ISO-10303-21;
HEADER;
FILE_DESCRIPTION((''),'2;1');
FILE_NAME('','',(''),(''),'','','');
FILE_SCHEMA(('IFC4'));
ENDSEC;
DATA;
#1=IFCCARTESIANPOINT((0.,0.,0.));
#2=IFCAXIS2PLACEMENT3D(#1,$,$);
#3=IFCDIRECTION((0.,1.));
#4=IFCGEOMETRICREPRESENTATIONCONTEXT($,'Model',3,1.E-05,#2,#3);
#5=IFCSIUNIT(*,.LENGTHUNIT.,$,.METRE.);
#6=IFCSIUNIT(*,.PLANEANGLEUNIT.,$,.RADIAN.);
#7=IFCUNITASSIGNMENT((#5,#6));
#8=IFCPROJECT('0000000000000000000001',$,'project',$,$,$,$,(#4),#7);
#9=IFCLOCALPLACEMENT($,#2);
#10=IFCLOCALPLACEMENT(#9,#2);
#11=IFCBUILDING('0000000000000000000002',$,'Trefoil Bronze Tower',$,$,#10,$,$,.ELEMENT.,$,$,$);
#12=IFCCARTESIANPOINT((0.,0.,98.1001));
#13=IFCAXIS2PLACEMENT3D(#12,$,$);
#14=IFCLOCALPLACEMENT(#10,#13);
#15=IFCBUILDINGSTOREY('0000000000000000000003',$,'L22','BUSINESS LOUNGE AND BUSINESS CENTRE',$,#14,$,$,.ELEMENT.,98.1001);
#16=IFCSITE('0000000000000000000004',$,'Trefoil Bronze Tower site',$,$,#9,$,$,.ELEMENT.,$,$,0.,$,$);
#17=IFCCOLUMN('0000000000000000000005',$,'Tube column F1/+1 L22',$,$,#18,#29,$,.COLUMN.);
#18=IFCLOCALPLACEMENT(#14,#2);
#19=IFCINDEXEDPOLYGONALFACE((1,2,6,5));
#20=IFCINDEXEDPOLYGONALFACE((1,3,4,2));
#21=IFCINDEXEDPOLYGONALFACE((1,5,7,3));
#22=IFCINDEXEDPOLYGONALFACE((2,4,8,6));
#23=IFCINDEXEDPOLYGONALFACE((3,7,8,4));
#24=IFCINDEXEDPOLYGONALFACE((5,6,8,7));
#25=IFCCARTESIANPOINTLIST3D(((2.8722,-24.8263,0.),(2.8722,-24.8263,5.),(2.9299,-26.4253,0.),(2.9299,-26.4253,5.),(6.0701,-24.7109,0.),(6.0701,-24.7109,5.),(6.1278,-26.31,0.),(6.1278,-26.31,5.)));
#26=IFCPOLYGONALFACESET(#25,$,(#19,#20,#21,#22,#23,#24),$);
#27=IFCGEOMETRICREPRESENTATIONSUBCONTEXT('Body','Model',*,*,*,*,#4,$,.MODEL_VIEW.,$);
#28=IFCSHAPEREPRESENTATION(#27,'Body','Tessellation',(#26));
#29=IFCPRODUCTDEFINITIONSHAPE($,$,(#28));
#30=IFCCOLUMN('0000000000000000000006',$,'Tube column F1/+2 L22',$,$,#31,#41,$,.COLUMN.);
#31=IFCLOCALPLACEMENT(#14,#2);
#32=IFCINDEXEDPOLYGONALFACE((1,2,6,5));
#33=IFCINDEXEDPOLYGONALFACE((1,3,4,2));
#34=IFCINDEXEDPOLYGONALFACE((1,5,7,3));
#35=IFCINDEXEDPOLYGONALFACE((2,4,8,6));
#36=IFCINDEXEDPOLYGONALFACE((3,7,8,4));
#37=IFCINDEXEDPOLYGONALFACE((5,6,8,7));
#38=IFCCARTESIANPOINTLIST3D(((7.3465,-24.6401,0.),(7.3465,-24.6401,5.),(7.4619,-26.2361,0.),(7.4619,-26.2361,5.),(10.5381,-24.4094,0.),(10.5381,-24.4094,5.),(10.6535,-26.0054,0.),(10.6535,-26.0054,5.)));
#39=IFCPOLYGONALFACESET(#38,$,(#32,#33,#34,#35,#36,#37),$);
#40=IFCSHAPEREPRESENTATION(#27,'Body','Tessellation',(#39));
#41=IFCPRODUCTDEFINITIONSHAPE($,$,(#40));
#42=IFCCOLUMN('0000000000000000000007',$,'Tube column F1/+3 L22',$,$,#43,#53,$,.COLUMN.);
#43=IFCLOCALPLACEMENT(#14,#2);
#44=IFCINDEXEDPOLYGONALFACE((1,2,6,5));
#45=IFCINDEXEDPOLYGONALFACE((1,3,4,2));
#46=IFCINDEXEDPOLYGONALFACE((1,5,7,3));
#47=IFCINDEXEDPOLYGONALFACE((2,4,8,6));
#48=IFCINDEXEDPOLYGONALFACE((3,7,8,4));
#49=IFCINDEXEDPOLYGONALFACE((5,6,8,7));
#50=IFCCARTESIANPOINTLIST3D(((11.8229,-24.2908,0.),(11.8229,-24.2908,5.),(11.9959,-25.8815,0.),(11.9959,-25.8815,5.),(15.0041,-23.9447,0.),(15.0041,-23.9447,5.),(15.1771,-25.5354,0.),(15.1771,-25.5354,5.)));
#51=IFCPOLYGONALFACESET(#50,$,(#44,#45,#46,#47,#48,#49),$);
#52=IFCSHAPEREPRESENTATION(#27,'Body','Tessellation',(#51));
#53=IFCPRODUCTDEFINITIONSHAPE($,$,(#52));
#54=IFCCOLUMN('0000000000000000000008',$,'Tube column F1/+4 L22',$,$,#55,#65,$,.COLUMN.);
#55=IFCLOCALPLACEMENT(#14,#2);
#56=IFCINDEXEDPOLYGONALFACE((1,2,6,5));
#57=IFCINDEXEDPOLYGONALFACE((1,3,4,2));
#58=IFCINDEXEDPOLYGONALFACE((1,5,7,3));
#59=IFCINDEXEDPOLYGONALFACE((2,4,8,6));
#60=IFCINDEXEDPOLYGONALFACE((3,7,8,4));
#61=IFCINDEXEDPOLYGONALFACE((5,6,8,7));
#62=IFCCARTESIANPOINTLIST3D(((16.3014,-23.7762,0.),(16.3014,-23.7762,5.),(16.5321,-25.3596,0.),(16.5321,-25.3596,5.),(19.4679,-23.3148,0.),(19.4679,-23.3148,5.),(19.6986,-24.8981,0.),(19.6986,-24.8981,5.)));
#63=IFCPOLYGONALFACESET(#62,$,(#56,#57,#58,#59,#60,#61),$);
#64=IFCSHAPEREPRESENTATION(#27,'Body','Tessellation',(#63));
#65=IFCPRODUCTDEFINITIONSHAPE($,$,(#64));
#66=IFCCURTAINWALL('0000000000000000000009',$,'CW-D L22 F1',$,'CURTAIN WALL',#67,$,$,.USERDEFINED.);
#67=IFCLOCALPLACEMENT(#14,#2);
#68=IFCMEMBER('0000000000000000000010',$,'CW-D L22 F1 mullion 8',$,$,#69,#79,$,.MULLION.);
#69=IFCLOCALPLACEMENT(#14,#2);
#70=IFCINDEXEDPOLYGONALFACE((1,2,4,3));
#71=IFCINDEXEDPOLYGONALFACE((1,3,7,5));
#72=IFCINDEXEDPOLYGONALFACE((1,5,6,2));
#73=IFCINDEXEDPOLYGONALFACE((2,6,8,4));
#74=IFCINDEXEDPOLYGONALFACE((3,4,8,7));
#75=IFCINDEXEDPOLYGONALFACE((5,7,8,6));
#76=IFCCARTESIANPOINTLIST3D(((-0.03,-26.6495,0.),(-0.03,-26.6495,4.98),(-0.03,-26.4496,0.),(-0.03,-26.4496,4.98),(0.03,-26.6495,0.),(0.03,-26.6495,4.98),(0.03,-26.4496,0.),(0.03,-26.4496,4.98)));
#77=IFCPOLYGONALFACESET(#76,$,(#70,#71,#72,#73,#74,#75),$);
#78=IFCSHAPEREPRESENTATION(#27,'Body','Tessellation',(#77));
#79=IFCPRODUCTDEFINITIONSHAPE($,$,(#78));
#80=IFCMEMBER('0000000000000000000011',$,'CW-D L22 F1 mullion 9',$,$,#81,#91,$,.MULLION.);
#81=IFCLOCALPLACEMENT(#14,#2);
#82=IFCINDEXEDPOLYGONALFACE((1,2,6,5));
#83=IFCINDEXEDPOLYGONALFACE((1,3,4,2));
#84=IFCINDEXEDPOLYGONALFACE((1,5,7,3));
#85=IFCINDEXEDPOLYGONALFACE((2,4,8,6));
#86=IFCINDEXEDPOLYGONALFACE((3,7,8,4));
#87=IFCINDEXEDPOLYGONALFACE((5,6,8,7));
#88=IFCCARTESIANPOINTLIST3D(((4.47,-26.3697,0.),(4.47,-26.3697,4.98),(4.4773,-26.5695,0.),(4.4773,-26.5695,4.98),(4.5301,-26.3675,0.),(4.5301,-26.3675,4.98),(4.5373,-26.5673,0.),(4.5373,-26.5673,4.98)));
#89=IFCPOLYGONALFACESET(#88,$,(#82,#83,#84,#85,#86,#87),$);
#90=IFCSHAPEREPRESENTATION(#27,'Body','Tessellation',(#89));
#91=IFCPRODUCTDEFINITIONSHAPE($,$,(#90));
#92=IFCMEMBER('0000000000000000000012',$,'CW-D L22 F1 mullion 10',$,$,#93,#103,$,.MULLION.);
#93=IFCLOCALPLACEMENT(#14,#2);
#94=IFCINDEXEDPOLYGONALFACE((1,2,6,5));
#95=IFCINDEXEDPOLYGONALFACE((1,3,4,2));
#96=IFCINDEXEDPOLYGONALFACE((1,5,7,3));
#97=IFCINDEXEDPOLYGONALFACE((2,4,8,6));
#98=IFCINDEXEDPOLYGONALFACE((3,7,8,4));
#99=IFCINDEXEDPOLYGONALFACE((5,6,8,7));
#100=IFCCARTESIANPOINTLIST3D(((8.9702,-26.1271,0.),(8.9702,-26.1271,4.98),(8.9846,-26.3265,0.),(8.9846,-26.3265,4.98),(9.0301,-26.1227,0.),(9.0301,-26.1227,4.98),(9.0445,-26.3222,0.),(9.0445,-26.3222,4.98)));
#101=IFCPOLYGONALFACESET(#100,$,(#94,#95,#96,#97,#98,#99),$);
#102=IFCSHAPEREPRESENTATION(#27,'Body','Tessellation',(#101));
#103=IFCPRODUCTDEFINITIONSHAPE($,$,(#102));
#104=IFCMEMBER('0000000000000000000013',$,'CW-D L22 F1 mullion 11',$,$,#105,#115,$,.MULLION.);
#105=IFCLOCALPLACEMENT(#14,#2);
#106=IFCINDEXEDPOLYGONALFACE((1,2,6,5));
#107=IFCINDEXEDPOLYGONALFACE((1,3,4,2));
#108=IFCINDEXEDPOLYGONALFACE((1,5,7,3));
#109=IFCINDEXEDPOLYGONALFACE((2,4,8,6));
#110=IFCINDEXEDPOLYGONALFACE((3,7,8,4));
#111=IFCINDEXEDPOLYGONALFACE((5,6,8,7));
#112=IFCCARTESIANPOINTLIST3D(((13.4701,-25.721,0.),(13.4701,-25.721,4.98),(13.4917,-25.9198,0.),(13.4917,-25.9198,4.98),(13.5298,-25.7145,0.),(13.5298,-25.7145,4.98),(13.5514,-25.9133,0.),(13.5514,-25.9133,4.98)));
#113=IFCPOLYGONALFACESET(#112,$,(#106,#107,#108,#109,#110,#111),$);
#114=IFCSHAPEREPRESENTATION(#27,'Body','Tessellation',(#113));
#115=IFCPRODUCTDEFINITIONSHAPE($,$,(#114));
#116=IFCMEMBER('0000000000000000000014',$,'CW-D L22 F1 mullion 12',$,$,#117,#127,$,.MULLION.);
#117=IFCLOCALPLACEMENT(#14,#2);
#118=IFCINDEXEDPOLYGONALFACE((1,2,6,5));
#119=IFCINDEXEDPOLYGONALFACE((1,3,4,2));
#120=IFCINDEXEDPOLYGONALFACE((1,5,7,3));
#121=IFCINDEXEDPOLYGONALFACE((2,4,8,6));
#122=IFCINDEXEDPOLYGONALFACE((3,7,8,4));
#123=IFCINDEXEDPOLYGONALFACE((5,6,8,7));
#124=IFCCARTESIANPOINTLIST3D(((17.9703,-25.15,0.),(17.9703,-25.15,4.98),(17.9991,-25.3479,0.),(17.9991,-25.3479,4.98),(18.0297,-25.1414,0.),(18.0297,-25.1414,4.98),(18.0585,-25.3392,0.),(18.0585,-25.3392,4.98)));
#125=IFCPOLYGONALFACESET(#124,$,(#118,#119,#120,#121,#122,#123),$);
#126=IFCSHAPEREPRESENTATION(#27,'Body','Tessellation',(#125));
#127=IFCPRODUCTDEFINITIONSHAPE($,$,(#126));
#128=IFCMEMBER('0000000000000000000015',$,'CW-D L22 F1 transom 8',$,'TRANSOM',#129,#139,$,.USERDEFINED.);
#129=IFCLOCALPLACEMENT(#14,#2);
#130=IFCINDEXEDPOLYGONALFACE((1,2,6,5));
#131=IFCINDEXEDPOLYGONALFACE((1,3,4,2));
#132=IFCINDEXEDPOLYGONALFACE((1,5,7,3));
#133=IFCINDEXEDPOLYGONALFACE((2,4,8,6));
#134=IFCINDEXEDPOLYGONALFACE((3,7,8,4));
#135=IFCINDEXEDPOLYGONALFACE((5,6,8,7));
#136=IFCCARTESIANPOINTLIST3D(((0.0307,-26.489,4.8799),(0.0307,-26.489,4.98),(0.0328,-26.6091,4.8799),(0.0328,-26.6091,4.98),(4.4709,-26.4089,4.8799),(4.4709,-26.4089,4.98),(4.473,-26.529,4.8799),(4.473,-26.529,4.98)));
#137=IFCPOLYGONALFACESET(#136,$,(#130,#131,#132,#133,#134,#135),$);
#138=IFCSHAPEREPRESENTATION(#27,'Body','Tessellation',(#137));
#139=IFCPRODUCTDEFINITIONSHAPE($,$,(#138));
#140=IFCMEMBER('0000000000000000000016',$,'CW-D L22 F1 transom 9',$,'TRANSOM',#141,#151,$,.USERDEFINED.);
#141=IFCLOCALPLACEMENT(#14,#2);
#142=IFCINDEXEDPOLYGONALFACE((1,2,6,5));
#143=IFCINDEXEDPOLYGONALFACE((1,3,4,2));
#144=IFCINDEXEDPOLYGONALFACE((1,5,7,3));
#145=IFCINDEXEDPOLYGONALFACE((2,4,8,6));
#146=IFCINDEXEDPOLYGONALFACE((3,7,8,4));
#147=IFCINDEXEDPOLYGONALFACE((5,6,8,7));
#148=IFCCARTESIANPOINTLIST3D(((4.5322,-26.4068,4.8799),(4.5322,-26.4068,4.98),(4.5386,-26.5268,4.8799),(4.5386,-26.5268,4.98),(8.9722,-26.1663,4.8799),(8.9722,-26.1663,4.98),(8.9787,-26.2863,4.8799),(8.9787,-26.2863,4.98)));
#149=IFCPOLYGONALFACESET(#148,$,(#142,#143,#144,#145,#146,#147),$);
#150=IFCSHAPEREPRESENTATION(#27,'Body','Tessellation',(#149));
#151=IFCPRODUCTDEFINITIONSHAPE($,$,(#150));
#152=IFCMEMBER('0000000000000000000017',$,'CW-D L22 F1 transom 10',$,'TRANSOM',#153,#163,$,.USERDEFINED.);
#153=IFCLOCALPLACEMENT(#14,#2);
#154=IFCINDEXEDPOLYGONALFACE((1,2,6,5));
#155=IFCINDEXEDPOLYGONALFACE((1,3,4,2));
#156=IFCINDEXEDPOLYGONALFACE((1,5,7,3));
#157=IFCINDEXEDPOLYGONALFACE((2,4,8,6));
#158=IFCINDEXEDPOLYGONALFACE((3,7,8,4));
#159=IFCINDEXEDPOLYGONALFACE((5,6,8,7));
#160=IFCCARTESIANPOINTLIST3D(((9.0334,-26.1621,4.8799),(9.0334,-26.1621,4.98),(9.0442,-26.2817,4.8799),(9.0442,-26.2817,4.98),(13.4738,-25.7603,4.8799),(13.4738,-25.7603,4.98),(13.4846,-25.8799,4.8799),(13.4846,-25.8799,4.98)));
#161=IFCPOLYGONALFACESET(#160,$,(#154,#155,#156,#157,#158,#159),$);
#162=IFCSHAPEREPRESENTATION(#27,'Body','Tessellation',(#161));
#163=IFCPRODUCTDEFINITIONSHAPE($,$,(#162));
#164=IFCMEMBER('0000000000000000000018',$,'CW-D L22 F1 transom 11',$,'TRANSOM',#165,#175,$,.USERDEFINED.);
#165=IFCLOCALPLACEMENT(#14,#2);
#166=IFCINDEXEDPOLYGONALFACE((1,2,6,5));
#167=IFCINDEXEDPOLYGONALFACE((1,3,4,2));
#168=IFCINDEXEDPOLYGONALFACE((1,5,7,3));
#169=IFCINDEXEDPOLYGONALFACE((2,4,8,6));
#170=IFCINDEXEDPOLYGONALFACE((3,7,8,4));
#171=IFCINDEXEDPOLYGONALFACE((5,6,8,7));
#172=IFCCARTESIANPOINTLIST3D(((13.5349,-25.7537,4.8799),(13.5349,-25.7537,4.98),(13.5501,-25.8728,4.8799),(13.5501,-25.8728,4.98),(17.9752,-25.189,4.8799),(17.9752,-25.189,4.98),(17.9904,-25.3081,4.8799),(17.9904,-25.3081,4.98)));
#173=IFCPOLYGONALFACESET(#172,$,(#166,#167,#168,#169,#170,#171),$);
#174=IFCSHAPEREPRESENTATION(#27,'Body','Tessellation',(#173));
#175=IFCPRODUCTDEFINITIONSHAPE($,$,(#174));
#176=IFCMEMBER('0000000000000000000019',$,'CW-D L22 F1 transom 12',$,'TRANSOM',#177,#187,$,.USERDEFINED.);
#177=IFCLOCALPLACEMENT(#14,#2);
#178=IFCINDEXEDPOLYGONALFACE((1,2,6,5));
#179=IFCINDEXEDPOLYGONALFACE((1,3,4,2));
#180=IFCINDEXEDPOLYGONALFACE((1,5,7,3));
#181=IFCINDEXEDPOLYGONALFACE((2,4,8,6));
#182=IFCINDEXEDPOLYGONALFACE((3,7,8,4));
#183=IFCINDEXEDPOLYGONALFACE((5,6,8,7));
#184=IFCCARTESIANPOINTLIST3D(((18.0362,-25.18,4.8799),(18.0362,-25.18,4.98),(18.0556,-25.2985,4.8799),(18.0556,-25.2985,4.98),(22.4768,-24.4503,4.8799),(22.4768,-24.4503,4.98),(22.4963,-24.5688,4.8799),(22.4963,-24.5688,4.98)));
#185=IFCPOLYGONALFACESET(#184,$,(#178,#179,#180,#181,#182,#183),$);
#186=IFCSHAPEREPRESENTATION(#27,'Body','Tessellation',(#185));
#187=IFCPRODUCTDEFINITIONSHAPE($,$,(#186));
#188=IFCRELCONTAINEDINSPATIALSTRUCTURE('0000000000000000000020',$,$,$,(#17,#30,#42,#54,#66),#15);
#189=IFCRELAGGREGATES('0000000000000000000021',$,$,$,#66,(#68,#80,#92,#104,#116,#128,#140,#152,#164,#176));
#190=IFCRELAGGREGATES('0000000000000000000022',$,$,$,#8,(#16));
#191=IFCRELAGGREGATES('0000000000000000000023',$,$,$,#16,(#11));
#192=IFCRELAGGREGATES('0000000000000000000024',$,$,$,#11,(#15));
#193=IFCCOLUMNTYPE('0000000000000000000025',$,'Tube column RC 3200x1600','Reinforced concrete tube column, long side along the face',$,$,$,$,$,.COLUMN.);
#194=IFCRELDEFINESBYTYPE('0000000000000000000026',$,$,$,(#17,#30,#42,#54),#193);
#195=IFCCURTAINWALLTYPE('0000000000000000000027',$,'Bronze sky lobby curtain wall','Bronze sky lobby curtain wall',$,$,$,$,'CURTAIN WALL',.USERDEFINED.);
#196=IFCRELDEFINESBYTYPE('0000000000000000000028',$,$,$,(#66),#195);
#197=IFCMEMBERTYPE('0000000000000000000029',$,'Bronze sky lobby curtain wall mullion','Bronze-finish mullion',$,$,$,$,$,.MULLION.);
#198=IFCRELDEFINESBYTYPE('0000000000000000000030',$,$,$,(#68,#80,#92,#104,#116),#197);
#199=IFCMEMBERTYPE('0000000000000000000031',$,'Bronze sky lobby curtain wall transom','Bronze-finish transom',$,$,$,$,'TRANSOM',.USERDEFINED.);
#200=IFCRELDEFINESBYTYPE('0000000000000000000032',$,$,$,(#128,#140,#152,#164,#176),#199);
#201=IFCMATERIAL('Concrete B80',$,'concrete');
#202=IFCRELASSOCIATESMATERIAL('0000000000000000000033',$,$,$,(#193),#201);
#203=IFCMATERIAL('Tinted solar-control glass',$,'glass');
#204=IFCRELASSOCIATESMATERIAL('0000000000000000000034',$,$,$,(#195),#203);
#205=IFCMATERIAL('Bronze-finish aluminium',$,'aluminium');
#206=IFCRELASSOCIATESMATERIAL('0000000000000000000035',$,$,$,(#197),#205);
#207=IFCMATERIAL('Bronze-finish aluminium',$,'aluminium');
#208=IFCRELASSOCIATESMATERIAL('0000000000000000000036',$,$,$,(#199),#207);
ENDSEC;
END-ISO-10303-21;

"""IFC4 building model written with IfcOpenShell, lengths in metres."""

from ifc_helpers import new_model, si_unit, direction, frame, origin, origin_2d, place, context, subcontext, project, spatial, rectangle, extrude, material, material_profile, profile_set, type_object, element, aggregate, save


model = new_model("IFC4")

# Units and contexts
model_context = context("Model", 3, precision=1e-05, world=origin(), true_north=direction((0.0, 1.0)))
body_context = subcontext(model_context, "Body", "Model", "MODEL_VIEW")
ifc_project = project(units=[si_unit("LENGTHUNIT", "METRE"), si_unit("PLANEANGLEUNIT", "RADIAN")], contexts=[model_context])

# Site, building, storey
site_placement = place(None, origin())
site = spatial("IfcSite", under=ifc_project, at=site_placement, Name="Trefoil Bronze Tower site", CompositionType="ELEMENT", RefElevation=0.0)
building_placement = place(site_placement, origin())
building = spatial("IfcBuilding", under=site, at=building_placement, Name="Trefoil Bronze Tower", CompositionType="ELEMENT")
storey_placement = place(building_placement, frame((0.0, 0.0, 98.1001)))
storey = spatial("IfcBuildingStorey", under=building, at=storey_placement, Name="L22", Description="BUSINESS LOUNGE AND BUSINESS CENTRE", CompositionType="ELEMENT", Elevation=98.1001)

# Columns
ifc_material_1 = material(Name="Concrete B80", Category="concrete")
ifc_material_profile_1 = material_profile(ifc_material_1, rectangle(XDim=3.2, YDim=1.6001, at=origin_2d()), Name="RC 3200x1600")
ifc_profile_set_1 = profile_set([ifc_material_profile_1], Name="Concrete B80")
column_type = type_object("IfcColumnType", Name="Tube column RC 3200x1600", Description="Reinforced concrete tube column, long side along the face", PredefinedType="COLUMN", material=ifc_profile_set_1)
for number, where, z_axis, x_axis, name in (
    (1, (4.5, -25.5681, 0.0), (0.0, 0.0, 1.0), (0.99935, 0.036048, 0.0), "Tube column F1/+1 L22"),
    (2, (9.0, -25.3228, 0.0), (0.0, 0.0, 1.0), (0.997398, 0.072096, 0.0), "Tube column F1/+2 L22"),
    (3, (13.5, -24.9131, 0.0), (0.0, 0.0, 1.0), (0.994135, 0.108144, 0.0), "Tube column F1/+3 L22"),
    (4, (18.0, -24.3372, 0.0), (0.0, 0.0, 1.0), (0.98955, 0.144192, 0.0), "Tube column F1/+4 L22"),
):
    element("IfcColumn", number, at=place(storey_placement, frame(where, z_axis=z_axis, x_axis=x_axis)), inside=storey, type_object=column_type, Name=name, PredefinedType="COLUMN", context=body_context, shape_type="SweptSolid", body=[
        extrude(rectangle(XDim=3.2, YDim=1.6001, at=origin_2d()), origin(), (0.0, 0.0, 1.0), 5.0),
    ])

# Curtain wall, members
ifc_material_2 = material(Name="Tinted solar-control glass", Category="glass")
curtain_wall_type = type_object("IfcCurtainWallType", Name="Bronze sky lobby curtain wall", Description="Bronze sky lobby curtain wall", ElementType="CURTAIN WALL", PredefinedType="USERDEFINED", material=ifc_material_2)
curtain_wall_placement = place(storey_placement, origin())
curtain_wall = element("IfcCurtainWall", 5, at=curtain_wall_placement, inside=storey, type_object=curtain_wall_type, Name="CW-D L22 F1", ObjectType="CURTAIN WALL", PredefinedType="USERDEFINED")
ifc_material_3 = material(Name="Bronze-finish aluminium", Category="aluminium")
ifc_material_profile_2 = material_profile(ifc_material_3, rectangle(XDim=0.2, YDim=0.0601, at=origin_2d()), Name="CW-D mullion")
ifc_profile_set_2 = profile_set([ifc_material_profile_2], Name="Bronze-finish aluminium")
member_type_1 = type_object("IfcMemberType", Name="Bronze sky lobby curtain wall mullion", Description="Bronze-finish mullion", PredefinedType="MULLION", material=ifc_profile_set_2)
member_1_placement = place(storey_placement, frame((0.0, -26.5496, 0.0), z_axis=(0.0, 0.0, 1.0), x_axis=(0.0, 1.0, 0.0)))
member_1 = element("IfcMember", 6, at=member_1_placement, type_object=member_type_1, Name="CW-D L22 F1 mullion 8", PredefinedType="MULLION", context=body_context, shape_type="SweptSolid", body=[
    extrude(rectangle(XDim=0.2, YDim=0.0601, at=origin_2d()), origin(), (0.0, 0.0, 1.0), 4.98),
])
member_2_placement = place(storey_placement, frame((4.5037, -26.4685, 0.0), z_axis=(0.0, 0.0, 1.0), x_axis=(-0.036048, 0.99935, 0.0)))
member_2 = element("IfcMember", 7, at=member_2_placement, type_object=member_type_1, Name="CW-D L22 F1 mullion 9", PredefinedType="MULLION", context=body_context, shape_type="SweptSolid", body=[
    extrude(rectangle(XDim=0.2, YDim=0.0601, at=origin_2d()), origin(), (0.0, 0.0, 1.0), 4.98),
])
member_3_placement = place(storey_placement, frame((9.0073, -26.2246, 0.0), z_axis=(0.0, 0.0, 1.0), x_axis=(-0.072096, 0.997398, 0.0)))
member_3 = element("IfcMember", 8, at=member_3_placement, type_object=member_type_1, Name="CW-D L22 F1 mullion 10", PredefinedType="MULLION", context=body_context, shape_type="SweptSolid", body=[
    extrude(rectangle(XDim=0.2, YDim=0.0601, at=origin_2d()), origin(), (0.0, 0.0, 1.0), 4.98),
])
member_4_placement = place(storey_placement, frame((13.5107, -25.8171, 0.0), z_axis=(0.0, 0.0, 1.0), x_axis=(-0.108144, 0.994135, 0.0)))
member_4 = element("IfcMember", 9, at=member_4_placement, type_object=member_type_1, Name="CW-D L22 F1 mullion 11", PredefinedType="MULLION", context=body_context, shape_type="SweptSolid", body=[
    extrude(rectangle(XDim=0.2, YDim=0.0601, at=origin_2d()), origin(), (0.0, 0.0, 1.0), 4.98),
])
member_5_placement = place(storey_placement, frame((18.0144, -25.2446, 0.0), z_axis=(0.0, 0.0, 1.0), x_axis=(-0.144192, 0.98955, 0.0)))
member_5 = element("IfcMember", 10, at=member_5_placement, type_object=member_type_1, Name="CW-D L22 F1 mullion 12", PredefinedType="MULLION", context=body_context, shape_type="SweptSolid", body=[
    extrude(rectangle(XDim=0.2, YDim=0.0601, at=origin_2d()), origin(), (0.0, 0.0, 1.0), 4.98),
])
ifc_material_4 = material(Name="Bronze-finish aluminium", Category="aluminium")
ifc_material_profile_3 = material_profile(ifc_material_4, rectangle(XDim=0.1201, YDim=0.1001, at=origin_2d()), Name="CW-D transom")
ifc_profile_set_3 = profile_set([ifc_material_profile_3], Name="Bronze-finish aluminium")
member_type_2 = type_object("IfcMemberType", Name="Bronze sky lobby curtain wall transom", Description="Bronze-finish transom", ElementType="TRANSOM", PredefinedType="USERDEFINED", material=ifc_profile_set_3)
member_6_placement = place(storey_placement, frame((0.0317, -26.5491, 4.9299), z_axis=(0.999837, 0.018032, 0.0), x_axis=(-0.018032, 0.999837, 0.0)))
member_6 = element("IfcMember", 11, at=member_6_placement, type_object=member_type_2, Name="CW-D L22 F1 transom 8", ObjectType="TRANSOM", PredefinedType="USERDEFINED", context=body_context, shape_type="SweptSolid", body=[
    extrude(rectangle(XDim=0.1201, YDim=0.1001, at=origin_2d()), origin(), (0.0, 0.0, 1.0), 4.4409),
])
member_7_placement = place(storey_placement, frame((4.5354, -26.4668, 4.9299), z_axis=(0.998536, 0.054083, 0.0), x_axis=(-0.054083, 0.998536, 0.0)))
member_7 = element("IfcMember", 12, at=member_7_placement, type_object=member_type_2, Name="CW-D L22 F1 transom 9", ObjectType="TRANSOM", PredefinedType="USERDEFINED", context=body_context, shape_type="SweptSolid", body=[
    extrude(rectangle(XDim=0.1201, YDim=0.1001, at=origin_2d()), origin(), (0.0, 0.0, 1.0), 4.4465),
])
member_8_placement = place(storey_placement, frame((9.0388, -26.2219, 4.9299), z_axis=(0.99593, 0.090131, 0.0), x_axis=(-0.090131, 0.99593, 0.0)))
member_8 = element("IfcMember", 13, at=member_8_placement, type_object=member_type_2, Name="CW-D L22 F1 transom 10", ObjectType="TRANSOM", PredefinedType="USERDEFINED", context=body_context, shape_type="SweptSolid", body=[
    extrude(rectangle(XDim=0.1201, YDim=0.1001, at=origin_2d()), origin(), (0.0, 0.0, 1.0), 4.4585),
])
member_9_placement = place(storey_placement, frame((13.5425, -25.8132, 4.9299), z_axis=(0.99201, 0.126156, 0.0), x_axis=(-0.126156, 0.99201, 0.0)))
member_9 = element("IfcMember", 14, at=member_9_placement, type_object=member_type_2, Name="CW-D L22 F1 transom 11", ObjectType="TRANSOM", PredefinedType="USERDEFINED", context=body_context, shape_type="SweptSolid", body=[
    extrude(rectangle(XDim=0.1201, YDim=0.1001, at=origin_2d()), origin(), (0.0, 0.0, 1.0), 4.4761),
])
member_10_placement = place(storey_placement, frame((18.0459, -25.2393, 4.9299), z_axis=(0.986765, 0.162155, 0.0), x_axis=(-0.162155, 0.986765, 0.0)))
member_10 = element("IfcMember", 15, at=member_10_placement, type_object=member_type_2, Name="CW-D L22 F1 transom 12", ObjectType="TRANSOM", PredefinedType="USERDEFINED", context=body_context, shape_type="SweptSolid", body=[
    extrude(rectangle(XDim=0.1201, YDim=0.1001, at=origin_2d()), origin(), (0.0, 0.0, 1.0), 4.5002),
])

aggregate(curtain_wall, [member_1, member_2, member_3, member_4, member_5, member_6, member_7, member_8, member_9, member_10])

save(model, "model.ifc")
